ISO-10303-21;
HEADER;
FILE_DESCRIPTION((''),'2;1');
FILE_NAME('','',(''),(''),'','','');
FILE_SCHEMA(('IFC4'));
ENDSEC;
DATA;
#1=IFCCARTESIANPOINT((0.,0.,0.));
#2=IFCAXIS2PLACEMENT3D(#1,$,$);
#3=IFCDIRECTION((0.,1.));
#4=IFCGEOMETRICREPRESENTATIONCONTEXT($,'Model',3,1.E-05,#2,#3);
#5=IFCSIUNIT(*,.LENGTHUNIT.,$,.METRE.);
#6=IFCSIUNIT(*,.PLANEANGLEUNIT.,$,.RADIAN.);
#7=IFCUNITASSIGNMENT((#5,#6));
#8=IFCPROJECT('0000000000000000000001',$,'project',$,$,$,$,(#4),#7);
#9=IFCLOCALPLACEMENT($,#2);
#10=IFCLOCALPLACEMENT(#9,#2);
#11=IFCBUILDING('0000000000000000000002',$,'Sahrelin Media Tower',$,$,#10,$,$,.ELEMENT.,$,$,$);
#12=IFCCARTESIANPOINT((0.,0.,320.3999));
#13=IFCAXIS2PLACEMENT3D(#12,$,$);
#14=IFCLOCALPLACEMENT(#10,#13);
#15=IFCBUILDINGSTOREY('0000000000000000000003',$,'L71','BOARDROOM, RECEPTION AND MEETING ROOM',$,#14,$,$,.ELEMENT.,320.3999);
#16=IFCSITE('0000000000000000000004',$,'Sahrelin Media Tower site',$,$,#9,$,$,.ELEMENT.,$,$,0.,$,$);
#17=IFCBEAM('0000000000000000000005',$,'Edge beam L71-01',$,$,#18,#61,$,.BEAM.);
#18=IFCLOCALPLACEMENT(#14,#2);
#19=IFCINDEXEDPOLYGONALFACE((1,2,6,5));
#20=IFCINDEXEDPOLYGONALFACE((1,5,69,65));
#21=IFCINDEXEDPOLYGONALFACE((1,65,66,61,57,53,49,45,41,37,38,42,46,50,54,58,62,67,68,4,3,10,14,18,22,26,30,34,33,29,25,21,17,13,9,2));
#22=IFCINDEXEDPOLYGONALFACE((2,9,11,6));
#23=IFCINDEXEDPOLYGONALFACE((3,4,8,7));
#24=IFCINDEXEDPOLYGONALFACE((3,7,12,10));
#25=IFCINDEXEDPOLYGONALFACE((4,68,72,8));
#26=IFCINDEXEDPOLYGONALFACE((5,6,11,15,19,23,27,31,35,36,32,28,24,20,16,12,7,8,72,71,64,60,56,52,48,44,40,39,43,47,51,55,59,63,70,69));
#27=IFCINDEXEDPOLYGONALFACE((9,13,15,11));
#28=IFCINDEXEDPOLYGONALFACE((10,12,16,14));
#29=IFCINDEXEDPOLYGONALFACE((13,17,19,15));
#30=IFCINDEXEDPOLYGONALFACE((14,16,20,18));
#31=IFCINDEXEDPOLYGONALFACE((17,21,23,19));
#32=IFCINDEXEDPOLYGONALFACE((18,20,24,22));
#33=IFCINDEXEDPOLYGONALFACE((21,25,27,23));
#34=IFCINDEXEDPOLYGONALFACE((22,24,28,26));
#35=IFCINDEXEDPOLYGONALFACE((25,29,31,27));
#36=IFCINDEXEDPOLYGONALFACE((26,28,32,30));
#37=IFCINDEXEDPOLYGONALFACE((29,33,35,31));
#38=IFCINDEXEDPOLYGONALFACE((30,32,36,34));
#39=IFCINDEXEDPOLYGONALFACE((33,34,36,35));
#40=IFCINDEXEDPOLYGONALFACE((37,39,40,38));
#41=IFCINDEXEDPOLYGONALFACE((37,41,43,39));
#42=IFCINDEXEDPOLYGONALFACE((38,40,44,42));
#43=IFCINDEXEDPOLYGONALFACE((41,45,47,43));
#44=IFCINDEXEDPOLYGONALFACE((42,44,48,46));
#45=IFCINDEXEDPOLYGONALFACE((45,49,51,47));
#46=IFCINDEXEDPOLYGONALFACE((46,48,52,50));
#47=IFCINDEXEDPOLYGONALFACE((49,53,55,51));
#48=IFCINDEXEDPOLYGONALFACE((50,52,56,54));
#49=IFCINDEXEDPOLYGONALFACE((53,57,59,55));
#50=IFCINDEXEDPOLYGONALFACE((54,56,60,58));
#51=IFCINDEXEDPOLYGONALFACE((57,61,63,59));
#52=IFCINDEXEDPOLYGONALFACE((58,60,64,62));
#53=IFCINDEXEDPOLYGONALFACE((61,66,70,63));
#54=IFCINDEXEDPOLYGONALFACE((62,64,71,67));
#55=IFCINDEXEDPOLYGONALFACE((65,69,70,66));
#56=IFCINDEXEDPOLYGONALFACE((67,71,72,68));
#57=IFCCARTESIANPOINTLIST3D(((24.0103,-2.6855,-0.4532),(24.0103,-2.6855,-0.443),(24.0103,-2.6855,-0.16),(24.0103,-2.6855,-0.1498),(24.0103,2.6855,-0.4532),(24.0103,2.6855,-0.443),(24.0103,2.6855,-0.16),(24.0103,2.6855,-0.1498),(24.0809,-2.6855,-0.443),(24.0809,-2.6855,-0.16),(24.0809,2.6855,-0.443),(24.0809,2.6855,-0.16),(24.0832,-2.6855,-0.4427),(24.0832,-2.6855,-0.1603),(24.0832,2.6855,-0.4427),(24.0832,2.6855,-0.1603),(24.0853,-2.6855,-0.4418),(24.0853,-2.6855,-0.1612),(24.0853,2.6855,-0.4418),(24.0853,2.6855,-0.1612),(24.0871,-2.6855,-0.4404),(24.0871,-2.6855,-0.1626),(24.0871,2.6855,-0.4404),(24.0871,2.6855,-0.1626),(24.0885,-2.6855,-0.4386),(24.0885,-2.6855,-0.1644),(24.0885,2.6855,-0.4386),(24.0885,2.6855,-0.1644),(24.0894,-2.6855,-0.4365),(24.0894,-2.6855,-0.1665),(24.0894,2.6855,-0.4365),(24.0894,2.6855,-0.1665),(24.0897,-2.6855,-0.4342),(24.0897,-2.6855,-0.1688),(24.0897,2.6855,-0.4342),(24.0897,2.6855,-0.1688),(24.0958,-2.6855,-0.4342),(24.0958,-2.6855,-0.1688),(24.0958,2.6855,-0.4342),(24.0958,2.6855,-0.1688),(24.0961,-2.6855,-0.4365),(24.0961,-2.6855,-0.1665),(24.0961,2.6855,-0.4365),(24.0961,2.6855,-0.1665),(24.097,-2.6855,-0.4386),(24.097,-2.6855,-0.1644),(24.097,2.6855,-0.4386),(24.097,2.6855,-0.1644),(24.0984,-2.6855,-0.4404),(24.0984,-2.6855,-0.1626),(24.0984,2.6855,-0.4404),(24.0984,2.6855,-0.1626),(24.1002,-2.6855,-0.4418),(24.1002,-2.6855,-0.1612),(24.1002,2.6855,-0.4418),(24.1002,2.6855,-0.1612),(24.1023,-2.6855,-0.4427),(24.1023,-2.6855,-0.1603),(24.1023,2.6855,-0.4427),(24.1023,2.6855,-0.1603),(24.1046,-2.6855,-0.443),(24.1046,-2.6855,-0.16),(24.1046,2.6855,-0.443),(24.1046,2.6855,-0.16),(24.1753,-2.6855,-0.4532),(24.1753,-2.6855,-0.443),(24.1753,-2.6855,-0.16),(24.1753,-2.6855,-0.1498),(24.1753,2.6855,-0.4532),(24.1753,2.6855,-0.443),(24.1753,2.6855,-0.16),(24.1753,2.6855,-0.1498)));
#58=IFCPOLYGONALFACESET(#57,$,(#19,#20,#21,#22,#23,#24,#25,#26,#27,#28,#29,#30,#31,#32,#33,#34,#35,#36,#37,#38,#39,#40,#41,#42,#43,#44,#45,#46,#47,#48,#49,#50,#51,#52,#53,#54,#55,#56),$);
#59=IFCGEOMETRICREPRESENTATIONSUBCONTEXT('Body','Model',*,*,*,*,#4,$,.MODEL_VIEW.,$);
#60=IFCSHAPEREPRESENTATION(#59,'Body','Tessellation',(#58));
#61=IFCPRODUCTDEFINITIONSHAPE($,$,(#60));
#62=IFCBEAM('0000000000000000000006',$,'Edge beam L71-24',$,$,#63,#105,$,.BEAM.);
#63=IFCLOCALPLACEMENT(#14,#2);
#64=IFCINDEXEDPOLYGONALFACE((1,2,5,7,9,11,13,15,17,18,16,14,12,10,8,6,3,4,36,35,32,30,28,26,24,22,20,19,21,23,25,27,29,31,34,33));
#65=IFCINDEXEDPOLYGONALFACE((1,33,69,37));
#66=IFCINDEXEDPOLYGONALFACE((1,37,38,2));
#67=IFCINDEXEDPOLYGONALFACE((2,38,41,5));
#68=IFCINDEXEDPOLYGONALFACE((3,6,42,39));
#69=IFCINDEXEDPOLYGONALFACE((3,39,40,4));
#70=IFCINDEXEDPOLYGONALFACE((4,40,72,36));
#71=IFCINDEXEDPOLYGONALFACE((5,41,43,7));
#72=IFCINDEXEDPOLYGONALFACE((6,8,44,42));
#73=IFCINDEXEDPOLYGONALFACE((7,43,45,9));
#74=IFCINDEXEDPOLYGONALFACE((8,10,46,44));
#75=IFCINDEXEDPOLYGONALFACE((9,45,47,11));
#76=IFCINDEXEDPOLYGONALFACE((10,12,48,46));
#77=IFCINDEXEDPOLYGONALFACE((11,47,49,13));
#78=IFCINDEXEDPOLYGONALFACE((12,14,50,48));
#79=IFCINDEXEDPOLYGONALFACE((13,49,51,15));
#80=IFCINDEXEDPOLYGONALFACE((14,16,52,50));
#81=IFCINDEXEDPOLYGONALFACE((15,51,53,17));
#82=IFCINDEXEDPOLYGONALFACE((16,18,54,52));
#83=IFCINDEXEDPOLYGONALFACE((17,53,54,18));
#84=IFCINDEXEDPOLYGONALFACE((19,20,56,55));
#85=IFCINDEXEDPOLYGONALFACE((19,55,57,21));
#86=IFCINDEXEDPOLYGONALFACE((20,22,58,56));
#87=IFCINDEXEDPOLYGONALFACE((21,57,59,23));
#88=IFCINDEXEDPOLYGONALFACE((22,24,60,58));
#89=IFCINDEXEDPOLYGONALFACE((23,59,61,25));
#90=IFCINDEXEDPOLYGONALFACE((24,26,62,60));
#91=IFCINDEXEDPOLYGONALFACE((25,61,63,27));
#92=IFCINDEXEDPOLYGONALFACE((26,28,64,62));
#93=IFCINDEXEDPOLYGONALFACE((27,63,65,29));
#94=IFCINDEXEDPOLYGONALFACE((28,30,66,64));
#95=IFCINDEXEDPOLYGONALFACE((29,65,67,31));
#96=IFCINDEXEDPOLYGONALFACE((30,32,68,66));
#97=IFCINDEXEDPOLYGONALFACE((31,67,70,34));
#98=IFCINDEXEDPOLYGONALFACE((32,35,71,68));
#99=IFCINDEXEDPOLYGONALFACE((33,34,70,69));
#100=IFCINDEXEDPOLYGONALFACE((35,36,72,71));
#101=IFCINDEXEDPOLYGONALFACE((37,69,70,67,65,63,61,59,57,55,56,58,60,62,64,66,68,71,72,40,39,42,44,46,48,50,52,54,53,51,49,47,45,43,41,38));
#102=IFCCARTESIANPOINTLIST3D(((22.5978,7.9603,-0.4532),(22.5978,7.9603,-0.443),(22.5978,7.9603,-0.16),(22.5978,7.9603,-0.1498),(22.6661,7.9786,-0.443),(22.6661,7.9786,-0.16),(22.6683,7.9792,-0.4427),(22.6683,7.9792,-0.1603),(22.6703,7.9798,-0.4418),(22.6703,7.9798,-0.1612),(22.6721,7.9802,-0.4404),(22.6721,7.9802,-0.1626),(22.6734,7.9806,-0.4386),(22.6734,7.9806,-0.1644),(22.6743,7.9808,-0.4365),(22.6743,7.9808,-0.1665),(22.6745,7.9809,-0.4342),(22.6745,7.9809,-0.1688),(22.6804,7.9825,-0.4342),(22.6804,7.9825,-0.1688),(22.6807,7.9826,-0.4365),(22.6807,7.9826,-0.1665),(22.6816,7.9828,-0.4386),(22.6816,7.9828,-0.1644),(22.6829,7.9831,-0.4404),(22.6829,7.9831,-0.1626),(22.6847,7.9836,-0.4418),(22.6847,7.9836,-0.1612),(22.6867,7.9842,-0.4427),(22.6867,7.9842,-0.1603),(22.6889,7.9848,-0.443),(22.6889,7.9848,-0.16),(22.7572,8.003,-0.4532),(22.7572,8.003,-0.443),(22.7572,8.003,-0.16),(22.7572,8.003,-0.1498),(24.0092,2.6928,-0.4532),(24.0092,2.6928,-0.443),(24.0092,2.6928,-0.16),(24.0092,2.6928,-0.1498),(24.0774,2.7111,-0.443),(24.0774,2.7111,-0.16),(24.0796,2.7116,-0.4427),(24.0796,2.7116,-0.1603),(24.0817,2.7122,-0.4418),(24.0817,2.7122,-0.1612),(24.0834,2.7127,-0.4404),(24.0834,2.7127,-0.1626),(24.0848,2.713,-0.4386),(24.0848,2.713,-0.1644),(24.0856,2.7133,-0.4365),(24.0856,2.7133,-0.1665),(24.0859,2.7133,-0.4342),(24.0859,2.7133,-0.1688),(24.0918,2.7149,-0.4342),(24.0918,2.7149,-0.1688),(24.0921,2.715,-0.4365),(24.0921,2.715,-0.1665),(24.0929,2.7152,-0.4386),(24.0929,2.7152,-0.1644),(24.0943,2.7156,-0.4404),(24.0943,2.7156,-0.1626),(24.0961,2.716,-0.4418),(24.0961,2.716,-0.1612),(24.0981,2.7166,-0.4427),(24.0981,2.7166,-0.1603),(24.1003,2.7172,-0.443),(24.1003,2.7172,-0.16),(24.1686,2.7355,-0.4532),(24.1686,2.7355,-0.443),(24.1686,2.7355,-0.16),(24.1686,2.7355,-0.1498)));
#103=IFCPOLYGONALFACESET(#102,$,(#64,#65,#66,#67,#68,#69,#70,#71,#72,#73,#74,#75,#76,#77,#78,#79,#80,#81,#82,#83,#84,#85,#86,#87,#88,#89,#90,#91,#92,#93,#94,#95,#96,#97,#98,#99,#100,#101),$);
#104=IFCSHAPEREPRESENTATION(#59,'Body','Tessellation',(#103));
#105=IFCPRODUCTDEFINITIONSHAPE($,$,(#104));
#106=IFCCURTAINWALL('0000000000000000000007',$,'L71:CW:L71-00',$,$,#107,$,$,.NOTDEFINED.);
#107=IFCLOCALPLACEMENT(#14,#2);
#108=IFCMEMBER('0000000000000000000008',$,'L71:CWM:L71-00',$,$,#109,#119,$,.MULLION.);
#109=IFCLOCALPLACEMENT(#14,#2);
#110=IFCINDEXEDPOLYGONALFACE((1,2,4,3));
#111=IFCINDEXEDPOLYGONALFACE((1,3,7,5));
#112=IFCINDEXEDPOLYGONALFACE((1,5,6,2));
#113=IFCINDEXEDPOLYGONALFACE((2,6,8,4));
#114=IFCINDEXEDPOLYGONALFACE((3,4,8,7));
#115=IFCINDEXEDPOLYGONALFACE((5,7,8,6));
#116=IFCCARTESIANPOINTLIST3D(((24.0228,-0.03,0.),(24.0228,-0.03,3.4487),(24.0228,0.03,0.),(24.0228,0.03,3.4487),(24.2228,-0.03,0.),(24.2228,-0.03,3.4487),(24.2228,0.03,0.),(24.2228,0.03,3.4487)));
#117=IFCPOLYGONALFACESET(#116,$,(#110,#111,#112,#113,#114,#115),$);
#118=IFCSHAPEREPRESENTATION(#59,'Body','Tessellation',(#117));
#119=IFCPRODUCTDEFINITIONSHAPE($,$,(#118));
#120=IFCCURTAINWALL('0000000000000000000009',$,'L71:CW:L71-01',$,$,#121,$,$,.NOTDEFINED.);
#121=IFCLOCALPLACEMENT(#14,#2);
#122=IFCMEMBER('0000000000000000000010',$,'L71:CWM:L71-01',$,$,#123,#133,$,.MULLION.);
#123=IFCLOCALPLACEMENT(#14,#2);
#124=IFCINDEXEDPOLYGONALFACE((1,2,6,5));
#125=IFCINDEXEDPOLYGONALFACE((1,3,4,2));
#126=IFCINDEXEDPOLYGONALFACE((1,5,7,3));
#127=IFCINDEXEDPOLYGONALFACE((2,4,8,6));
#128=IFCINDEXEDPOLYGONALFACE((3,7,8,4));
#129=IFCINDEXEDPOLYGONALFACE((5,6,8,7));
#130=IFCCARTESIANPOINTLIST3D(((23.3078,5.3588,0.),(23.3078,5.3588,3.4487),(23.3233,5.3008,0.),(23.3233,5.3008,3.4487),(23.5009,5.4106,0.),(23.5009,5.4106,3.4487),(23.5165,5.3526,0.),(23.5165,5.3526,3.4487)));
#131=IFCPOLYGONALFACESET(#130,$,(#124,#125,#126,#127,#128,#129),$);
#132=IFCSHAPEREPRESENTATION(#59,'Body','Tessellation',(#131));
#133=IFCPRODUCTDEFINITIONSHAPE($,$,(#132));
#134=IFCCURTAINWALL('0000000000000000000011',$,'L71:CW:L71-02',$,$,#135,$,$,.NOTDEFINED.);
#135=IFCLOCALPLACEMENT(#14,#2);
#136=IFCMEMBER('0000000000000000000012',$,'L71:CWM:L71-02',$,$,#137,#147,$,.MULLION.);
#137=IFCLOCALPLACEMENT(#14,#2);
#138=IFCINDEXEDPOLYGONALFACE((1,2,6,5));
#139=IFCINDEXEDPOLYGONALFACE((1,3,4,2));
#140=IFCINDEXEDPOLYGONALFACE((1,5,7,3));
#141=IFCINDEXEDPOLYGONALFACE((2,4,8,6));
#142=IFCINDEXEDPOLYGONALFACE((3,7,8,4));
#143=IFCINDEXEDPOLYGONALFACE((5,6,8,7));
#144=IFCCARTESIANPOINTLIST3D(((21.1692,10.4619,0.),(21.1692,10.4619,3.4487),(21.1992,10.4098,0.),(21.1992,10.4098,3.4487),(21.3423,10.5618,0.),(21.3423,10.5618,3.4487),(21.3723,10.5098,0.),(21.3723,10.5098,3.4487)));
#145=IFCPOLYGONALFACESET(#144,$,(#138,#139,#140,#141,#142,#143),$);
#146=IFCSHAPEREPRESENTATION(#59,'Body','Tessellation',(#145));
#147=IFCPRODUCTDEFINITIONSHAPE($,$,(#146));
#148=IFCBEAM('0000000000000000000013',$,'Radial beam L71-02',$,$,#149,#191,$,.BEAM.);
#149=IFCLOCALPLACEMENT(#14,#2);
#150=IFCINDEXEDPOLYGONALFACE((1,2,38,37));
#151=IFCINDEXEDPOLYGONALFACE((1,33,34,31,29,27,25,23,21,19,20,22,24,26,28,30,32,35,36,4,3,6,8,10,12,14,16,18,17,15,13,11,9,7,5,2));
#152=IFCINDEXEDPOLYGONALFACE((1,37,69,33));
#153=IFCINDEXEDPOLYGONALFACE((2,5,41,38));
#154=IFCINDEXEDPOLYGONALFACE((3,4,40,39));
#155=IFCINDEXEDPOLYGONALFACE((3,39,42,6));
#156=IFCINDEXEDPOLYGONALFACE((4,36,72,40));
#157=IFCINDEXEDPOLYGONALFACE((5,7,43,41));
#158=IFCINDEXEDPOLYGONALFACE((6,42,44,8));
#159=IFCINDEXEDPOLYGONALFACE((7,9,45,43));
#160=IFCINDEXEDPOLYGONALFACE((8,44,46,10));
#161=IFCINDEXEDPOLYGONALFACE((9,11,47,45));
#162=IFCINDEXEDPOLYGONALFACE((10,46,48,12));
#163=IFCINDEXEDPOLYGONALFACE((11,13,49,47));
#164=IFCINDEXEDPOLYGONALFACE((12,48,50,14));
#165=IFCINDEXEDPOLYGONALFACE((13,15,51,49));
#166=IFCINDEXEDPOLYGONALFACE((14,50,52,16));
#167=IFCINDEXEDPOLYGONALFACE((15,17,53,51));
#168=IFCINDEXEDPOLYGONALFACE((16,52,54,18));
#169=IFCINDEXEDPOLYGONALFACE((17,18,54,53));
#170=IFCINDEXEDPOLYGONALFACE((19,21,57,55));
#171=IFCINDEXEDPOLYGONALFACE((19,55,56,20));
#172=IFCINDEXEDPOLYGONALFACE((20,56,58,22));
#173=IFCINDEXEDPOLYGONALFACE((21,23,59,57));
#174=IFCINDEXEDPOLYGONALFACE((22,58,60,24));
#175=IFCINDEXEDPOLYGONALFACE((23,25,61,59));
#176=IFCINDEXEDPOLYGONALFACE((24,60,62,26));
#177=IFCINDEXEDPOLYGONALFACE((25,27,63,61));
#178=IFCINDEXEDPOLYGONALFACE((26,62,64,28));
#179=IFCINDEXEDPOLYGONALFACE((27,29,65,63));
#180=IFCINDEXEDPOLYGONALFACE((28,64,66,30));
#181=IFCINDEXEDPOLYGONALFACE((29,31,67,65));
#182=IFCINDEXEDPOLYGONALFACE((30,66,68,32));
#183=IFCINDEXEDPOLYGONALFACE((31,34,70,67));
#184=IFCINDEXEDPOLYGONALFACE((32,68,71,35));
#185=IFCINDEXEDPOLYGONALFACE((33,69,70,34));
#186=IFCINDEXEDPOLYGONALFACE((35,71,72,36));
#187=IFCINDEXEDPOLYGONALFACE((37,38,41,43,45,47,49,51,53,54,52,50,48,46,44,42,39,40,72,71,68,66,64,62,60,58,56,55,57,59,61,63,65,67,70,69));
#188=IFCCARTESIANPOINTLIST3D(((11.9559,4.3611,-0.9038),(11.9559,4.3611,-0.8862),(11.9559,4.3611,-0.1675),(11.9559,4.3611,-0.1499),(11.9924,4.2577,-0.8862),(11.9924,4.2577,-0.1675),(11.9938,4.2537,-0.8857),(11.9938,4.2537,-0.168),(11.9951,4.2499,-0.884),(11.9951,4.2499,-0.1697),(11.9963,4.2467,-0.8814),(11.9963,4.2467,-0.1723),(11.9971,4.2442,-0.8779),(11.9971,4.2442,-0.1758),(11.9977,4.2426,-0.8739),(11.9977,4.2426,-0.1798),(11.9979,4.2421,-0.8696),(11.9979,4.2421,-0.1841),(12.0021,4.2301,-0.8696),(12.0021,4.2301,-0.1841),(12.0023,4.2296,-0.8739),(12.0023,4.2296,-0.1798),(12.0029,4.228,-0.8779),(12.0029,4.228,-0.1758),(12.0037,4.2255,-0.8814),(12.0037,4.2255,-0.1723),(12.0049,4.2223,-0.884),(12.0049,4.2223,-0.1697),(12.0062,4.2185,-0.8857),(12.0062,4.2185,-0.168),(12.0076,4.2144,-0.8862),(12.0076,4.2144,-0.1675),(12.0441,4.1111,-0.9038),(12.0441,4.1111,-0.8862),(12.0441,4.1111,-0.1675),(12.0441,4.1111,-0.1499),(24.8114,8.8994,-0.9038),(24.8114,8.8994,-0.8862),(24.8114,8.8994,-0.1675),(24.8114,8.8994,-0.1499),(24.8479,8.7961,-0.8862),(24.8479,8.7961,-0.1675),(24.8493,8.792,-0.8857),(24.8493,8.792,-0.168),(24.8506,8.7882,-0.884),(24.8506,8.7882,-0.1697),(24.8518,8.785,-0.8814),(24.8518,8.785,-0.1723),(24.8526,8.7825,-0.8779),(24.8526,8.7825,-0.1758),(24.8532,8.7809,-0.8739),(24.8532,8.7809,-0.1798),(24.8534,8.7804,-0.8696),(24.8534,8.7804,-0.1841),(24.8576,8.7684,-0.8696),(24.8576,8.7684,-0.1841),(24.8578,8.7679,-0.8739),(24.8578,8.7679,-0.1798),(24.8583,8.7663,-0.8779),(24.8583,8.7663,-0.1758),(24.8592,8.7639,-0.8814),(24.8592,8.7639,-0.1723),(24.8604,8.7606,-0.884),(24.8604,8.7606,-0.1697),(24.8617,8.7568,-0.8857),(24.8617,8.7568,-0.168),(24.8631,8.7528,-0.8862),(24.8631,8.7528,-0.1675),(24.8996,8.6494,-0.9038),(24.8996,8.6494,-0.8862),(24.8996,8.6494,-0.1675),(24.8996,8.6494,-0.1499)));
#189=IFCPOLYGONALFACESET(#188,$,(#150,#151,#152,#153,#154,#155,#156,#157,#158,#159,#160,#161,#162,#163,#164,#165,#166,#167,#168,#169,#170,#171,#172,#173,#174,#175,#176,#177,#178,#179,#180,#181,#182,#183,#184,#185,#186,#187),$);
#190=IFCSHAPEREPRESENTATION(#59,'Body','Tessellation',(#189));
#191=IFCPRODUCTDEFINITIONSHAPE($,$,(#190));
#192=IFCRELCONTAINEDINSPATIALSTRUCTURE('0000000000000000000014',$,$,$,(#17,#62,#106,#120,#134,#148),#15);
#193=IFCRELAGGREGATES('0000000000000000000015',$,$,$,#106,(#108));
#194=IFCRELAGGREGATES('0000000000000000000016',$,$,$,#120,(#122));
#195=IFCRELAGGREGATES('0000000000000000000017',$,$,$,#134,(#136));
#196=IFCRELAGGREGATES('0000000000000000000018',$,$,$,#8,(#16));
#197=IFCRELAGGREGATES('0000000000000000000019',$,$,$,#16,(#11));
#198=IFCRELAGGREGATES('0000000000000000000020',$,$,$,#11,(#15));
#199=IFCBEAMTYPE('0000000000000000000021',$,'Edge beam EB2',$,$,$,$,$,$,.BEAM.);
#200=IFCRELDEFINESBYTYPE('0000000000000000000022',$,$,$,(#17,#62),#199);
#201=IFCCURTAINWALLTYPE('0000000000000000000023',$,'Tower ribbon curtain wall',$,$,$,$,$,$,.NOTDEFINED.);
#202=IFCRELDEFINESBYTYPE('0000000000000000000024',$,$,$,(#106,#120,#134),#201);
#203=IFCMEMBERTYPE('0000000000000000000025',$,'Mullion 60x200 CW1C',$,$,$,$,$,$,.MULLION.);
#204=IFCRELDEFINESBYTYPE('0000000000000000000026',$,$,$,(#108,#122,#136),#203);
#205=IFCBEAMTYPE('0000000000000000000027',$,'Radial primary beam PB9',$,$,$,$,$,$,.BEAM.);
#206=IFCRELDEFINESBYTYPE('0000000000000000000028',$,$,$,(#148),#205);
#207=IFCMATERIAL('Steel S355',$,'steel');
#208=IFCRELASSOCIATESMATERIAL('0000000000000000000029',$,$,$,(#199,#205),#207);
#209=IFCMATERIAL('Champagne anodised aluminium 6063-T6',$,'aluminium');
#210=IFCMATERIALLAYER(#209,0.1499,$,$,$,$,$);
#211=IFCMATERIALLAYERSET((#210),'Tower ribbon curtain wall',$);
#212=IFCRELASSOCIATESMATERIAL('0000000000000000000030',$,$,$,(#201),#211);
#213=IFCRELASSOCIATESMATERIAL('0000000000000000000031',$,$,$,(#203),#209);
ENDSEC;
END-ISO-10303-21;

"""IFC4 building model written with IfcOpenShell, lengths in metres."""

from ifc_helpers import new_model, si_unit, direction, frame, origin, origin_2d, place, context, subcontext, project, spatial, rectangle, i_section, extrude, material, layer, layer_set, material_profile, profile_set, type_object, element, aggregate, save


model = new_model("IFC4")

# Units and contexts
model_context = context("Model", 3, precision=1e-05, world=origin(), true_north=direction((0.0, 1.0)))
body_context = subcontext(model_context, "Body", "Model", "MODEL_VIEW")
ifc_project = project(units=[si_unit("LENGTHUNIT", "METRE"), si_unit("PLANEANGLEUNIT", "RADIAN")], contexts=[model_context])

# Site, building, storey
site_placement = place(None, origin())
site = spatial("IfcSite", under=ifc_project, at=site_placement, Name="Sahrelin Media Tower site", CompositionType="ELEMENT", RefElevation=0.0)
building_placement = place(site_placement, origin())
building = spatial("IfcBuilding", under=site, at=building_placement, Name="Sahrelin Media Tower", CompositionType="ELEMENT")
storey_placement = place(building_placement, frame((0.0, 0.0, 320.3999)))
storey = spatial("IfcBuildingStorey", under=building, at=storey_placement, Name="L71", Description="BOARDROOM, RECEPTION AND MEETING ROOM", CompositionType="ELEMENT", Elevation=320.3999)

# Beams
ifc_material_1 = material(Name="Steel S355", Category="steel")
ifc_material_profile_1 = material_profile(ifc_material_1, i_section(OverallWidth=0.165, OverallDepth=0.3035, WebThickness=0.0061, FlangeThickness=0.0103, FilletRadius=0.0088, at=origin_2d()), Name="UB 305x165x40")
ifc_profile_set_1 = profile_set([ifc_material_profile_1], Name="Steel S355")
beam_type_1 = type_object("IfcBeamType", Name="Edge beam EB2", PredefinedType="BEAM", material=ifc_profile_set_1)
beam_1_placement = place(storey_placement, frame((24.0928, 2.6855, -0.3015), z_axis=(0.0, -1.0, 0.0), x_axis=(1.0, 0.0, 0.0)))
element("IfcBeam", 1, at=beam_1_placement, inside=storey, type_object=beam_type_1, Name="Edge beam L71-01", PredefinedType="BEAM", context=body_context, shape_type="SweptSolid", body=[
    extrude(i_section(OverallWidth=0.165, OverallDepth=0.3035, WebThickness=0.0061, FlangeThickness=0.0103, FilletRadius=0.0088, at=origin_2d()), origin(), (0.0, 0.0, 1.0), 5.3711),
])
beam_2_placement = place(storey_placement, frame((22.6775, 7.9817, -0.3015), z_axis=(0.258808, -0.965929, 0.0), x_axis=(0.965929, 0.258808, 0.0)))
element("IfcBeam", 2, at=beam_2_placement, inside=storey, type_object=beam_type_1, Name="Edge beam L71-24", PredefinedType="BEAM", context=body_context, shape_type="SweptSolid", body=[
    extrude(i_section(OverallWidth=0.165, OverallDepth=0.3035, WebThickness=0.0061, FlangeThickness=0.0103, FilletRadius=0.0088, at=origin_2d()), origin(), (0.0, 0.0, 1.0), 5.4534),
])

# Curtain walls, members
ifc_material_2 = material(Name="Champagne anodised aluminium 6063-T6", Category="aluminium")
ifc_layer_1 = layer(ifc_material_2, 0.1499)
ifc_layer_set_1 = layer_set([ifc_layer_1], Name="Tower ribbon curtain wall")
curtain_wall_type = type_object("IfcCurtainWallType", Name="Tower ribbon curtain wall", PredefinedType="NOTDEFINED", material=ifc_layer_set_1)
curtain_wall_1_placement = place(storey_placement, frame((24.2427, 0.0, 0.0), z_axis=(0.0, 0.0, 1.0), x_axis=(1.0, 0.0, 0.0)))
curtain_wall_1 = element("IfcCurtainWall", 3, at=curtain_wall_1_placement, inside=storey, type_object=curtain_wall_type, Name="L71:CW:L71-00", PredefinedType="NOTDEFINED")
ifc_material_profile_2 = material_profile(ifc_material_2, rectangle(XDim=0.0601, YDim=0.2, at=origin_2d()), Name="Mullion 60x200")
ifc_profile_set_2 = profile_set([ifc_material_profile_2], Name="Champagne anodised aluminium 6063-T6")
member_type_1 = type_object("IfcMemberType", Name="Mullion 60x200 CW1C", PredefinedType="MULLION", material=ifc_profile_set_2)
member_1_placement = place(storey_placement, frame((24.1228, 0.0, 0.0), z_axis=(0.0, 0.0, 1.0), x_axis=(0.0, 1.0, 0.0)))
member_1 = element("IfcMember", 4, at=member_1_placement, type_object=member_type_1, Name="L71:CWM:L71-00", PredefinedType="MULLION", context=body_context, shape_type="SweptSolid", body=[
    extrude(rectangle(XDim=0.0601, YDim=0.2, at=origin_2d()), origin(), (0.0, 0.0, 1.0), 3.4487),
])
aggregate(curtain_wall_1, [member_1])
curtain_wall_2_placement = place(storey_placement, frame((23.5283, 5.3867, 0.0), z_axis=(0.0, 0.0, 1.0), x_axis=(1.0, 0.0, 0.0)))
curtain_wall_2 = element("IfcCurtainWall", 5, at=curtain_wall_2_placement, inside=storey, type_object=curtain_wall_type, Name="L71:CW:L71-01", PredefinedType="NOTDEFINED")
member_2_placement = place(storey_placement, frame((23.4121, 5.3557, 0.0), z_axis=(0.0, 0.0, 1.0), x_axis=(-0.258814, 0.965927, 0.0)))
member_2 = element("IfcMember", 6, at=member_2_placement, type_object=member_type_1, Name="L71:CWM:L71-01", PredefinedType="MULLION", context=body_context, shape_type="SweptSolid", body=[
    extrude(rectangle(XDim=0.0601, YDim=0.2, at=origin_2d()), origin(), (0.0, 0.0, 1.0), 3.4487),
])
curtain_wall_3_placement = place(storey_placement, frame((21.3745, 10.5459, 0.0), z_axis=(0.0, 0.0, 1.0), x_axis=(1.0, 0.0, 0.0)))
curtain_wall_3 = element("IfcCurtainWall", 7, at=curtain_wall_3_placement, inside=storey, type_object=curtain_wall_type, Name="L71:CW:L71-02", PredefinedType="NOTDEFINED")
member_3_placement = place(storey_placement, frame((21.2708, 10.4858, 0.0), z_axis=(0.0, 0.0, 1.0), x_axis=(-0.500005, 0.866023, 0.0)))
member_3 = element("IfcMember", 8, at=member_3_placement, type_object=member_type_1, Name="L71:CWM:L71-02", PredefinedType="MULLION", context=body_context, shape_type="SweptSolid", body=[
    extrude(rectangle(XDim=0.0601, YDim=0.2, at=origin_2d()), origin(), (0.0, 0.0, 1.0), 3.4487),
])

# Beam
ifc_material_profile_3 = material_profile(ifc_material_1, i_section(OverallWidth=0.2651, OverallDepth=0.7539, WebThickness=0.0127, FlangeThickness=0.0176, FilletRadius=0.0166, at=origin_2d()), Name="UB 762x267x147")
ifc_profile_set_3 = profile_set([ifc_material_profile_3], Name="Steel S355")
beam_type_2 = type_object("IfcBeamType", Name="Radial primary beam PB9", PredefinedType="BEAM", material=ifc_profile_set_3)
beam_3_placement = place(storey_placement, frame((12.0, 4.2361, -0.5269), z_axis=(0.942965, 0.332892, 0.0), x_axis=(-0.332892, 0.942965, 0.0)))
element("IfcBeam", 9, at=beam_3_placement, inside=storey, type_object=beam_type_2, Name="Radial beam L71-02", PredefinedType="BEAM", context=body_context, shape_type="SweptSolid", body=[
    extrude(i_section(OverallWidth=0.2651, OverallDepth=0.7539, WebThickness=0.0127, FlangeThickness=0.0176, FilletRadius=0.0166, at=origin_2d()), origin(), (0.0, 0.0, 1.0), 13.6331),
])

aggregate(curtain_wall_2, [member_2])
aggregate(curtain_wall_3, [member_3])

save(model, "model.ifc")
